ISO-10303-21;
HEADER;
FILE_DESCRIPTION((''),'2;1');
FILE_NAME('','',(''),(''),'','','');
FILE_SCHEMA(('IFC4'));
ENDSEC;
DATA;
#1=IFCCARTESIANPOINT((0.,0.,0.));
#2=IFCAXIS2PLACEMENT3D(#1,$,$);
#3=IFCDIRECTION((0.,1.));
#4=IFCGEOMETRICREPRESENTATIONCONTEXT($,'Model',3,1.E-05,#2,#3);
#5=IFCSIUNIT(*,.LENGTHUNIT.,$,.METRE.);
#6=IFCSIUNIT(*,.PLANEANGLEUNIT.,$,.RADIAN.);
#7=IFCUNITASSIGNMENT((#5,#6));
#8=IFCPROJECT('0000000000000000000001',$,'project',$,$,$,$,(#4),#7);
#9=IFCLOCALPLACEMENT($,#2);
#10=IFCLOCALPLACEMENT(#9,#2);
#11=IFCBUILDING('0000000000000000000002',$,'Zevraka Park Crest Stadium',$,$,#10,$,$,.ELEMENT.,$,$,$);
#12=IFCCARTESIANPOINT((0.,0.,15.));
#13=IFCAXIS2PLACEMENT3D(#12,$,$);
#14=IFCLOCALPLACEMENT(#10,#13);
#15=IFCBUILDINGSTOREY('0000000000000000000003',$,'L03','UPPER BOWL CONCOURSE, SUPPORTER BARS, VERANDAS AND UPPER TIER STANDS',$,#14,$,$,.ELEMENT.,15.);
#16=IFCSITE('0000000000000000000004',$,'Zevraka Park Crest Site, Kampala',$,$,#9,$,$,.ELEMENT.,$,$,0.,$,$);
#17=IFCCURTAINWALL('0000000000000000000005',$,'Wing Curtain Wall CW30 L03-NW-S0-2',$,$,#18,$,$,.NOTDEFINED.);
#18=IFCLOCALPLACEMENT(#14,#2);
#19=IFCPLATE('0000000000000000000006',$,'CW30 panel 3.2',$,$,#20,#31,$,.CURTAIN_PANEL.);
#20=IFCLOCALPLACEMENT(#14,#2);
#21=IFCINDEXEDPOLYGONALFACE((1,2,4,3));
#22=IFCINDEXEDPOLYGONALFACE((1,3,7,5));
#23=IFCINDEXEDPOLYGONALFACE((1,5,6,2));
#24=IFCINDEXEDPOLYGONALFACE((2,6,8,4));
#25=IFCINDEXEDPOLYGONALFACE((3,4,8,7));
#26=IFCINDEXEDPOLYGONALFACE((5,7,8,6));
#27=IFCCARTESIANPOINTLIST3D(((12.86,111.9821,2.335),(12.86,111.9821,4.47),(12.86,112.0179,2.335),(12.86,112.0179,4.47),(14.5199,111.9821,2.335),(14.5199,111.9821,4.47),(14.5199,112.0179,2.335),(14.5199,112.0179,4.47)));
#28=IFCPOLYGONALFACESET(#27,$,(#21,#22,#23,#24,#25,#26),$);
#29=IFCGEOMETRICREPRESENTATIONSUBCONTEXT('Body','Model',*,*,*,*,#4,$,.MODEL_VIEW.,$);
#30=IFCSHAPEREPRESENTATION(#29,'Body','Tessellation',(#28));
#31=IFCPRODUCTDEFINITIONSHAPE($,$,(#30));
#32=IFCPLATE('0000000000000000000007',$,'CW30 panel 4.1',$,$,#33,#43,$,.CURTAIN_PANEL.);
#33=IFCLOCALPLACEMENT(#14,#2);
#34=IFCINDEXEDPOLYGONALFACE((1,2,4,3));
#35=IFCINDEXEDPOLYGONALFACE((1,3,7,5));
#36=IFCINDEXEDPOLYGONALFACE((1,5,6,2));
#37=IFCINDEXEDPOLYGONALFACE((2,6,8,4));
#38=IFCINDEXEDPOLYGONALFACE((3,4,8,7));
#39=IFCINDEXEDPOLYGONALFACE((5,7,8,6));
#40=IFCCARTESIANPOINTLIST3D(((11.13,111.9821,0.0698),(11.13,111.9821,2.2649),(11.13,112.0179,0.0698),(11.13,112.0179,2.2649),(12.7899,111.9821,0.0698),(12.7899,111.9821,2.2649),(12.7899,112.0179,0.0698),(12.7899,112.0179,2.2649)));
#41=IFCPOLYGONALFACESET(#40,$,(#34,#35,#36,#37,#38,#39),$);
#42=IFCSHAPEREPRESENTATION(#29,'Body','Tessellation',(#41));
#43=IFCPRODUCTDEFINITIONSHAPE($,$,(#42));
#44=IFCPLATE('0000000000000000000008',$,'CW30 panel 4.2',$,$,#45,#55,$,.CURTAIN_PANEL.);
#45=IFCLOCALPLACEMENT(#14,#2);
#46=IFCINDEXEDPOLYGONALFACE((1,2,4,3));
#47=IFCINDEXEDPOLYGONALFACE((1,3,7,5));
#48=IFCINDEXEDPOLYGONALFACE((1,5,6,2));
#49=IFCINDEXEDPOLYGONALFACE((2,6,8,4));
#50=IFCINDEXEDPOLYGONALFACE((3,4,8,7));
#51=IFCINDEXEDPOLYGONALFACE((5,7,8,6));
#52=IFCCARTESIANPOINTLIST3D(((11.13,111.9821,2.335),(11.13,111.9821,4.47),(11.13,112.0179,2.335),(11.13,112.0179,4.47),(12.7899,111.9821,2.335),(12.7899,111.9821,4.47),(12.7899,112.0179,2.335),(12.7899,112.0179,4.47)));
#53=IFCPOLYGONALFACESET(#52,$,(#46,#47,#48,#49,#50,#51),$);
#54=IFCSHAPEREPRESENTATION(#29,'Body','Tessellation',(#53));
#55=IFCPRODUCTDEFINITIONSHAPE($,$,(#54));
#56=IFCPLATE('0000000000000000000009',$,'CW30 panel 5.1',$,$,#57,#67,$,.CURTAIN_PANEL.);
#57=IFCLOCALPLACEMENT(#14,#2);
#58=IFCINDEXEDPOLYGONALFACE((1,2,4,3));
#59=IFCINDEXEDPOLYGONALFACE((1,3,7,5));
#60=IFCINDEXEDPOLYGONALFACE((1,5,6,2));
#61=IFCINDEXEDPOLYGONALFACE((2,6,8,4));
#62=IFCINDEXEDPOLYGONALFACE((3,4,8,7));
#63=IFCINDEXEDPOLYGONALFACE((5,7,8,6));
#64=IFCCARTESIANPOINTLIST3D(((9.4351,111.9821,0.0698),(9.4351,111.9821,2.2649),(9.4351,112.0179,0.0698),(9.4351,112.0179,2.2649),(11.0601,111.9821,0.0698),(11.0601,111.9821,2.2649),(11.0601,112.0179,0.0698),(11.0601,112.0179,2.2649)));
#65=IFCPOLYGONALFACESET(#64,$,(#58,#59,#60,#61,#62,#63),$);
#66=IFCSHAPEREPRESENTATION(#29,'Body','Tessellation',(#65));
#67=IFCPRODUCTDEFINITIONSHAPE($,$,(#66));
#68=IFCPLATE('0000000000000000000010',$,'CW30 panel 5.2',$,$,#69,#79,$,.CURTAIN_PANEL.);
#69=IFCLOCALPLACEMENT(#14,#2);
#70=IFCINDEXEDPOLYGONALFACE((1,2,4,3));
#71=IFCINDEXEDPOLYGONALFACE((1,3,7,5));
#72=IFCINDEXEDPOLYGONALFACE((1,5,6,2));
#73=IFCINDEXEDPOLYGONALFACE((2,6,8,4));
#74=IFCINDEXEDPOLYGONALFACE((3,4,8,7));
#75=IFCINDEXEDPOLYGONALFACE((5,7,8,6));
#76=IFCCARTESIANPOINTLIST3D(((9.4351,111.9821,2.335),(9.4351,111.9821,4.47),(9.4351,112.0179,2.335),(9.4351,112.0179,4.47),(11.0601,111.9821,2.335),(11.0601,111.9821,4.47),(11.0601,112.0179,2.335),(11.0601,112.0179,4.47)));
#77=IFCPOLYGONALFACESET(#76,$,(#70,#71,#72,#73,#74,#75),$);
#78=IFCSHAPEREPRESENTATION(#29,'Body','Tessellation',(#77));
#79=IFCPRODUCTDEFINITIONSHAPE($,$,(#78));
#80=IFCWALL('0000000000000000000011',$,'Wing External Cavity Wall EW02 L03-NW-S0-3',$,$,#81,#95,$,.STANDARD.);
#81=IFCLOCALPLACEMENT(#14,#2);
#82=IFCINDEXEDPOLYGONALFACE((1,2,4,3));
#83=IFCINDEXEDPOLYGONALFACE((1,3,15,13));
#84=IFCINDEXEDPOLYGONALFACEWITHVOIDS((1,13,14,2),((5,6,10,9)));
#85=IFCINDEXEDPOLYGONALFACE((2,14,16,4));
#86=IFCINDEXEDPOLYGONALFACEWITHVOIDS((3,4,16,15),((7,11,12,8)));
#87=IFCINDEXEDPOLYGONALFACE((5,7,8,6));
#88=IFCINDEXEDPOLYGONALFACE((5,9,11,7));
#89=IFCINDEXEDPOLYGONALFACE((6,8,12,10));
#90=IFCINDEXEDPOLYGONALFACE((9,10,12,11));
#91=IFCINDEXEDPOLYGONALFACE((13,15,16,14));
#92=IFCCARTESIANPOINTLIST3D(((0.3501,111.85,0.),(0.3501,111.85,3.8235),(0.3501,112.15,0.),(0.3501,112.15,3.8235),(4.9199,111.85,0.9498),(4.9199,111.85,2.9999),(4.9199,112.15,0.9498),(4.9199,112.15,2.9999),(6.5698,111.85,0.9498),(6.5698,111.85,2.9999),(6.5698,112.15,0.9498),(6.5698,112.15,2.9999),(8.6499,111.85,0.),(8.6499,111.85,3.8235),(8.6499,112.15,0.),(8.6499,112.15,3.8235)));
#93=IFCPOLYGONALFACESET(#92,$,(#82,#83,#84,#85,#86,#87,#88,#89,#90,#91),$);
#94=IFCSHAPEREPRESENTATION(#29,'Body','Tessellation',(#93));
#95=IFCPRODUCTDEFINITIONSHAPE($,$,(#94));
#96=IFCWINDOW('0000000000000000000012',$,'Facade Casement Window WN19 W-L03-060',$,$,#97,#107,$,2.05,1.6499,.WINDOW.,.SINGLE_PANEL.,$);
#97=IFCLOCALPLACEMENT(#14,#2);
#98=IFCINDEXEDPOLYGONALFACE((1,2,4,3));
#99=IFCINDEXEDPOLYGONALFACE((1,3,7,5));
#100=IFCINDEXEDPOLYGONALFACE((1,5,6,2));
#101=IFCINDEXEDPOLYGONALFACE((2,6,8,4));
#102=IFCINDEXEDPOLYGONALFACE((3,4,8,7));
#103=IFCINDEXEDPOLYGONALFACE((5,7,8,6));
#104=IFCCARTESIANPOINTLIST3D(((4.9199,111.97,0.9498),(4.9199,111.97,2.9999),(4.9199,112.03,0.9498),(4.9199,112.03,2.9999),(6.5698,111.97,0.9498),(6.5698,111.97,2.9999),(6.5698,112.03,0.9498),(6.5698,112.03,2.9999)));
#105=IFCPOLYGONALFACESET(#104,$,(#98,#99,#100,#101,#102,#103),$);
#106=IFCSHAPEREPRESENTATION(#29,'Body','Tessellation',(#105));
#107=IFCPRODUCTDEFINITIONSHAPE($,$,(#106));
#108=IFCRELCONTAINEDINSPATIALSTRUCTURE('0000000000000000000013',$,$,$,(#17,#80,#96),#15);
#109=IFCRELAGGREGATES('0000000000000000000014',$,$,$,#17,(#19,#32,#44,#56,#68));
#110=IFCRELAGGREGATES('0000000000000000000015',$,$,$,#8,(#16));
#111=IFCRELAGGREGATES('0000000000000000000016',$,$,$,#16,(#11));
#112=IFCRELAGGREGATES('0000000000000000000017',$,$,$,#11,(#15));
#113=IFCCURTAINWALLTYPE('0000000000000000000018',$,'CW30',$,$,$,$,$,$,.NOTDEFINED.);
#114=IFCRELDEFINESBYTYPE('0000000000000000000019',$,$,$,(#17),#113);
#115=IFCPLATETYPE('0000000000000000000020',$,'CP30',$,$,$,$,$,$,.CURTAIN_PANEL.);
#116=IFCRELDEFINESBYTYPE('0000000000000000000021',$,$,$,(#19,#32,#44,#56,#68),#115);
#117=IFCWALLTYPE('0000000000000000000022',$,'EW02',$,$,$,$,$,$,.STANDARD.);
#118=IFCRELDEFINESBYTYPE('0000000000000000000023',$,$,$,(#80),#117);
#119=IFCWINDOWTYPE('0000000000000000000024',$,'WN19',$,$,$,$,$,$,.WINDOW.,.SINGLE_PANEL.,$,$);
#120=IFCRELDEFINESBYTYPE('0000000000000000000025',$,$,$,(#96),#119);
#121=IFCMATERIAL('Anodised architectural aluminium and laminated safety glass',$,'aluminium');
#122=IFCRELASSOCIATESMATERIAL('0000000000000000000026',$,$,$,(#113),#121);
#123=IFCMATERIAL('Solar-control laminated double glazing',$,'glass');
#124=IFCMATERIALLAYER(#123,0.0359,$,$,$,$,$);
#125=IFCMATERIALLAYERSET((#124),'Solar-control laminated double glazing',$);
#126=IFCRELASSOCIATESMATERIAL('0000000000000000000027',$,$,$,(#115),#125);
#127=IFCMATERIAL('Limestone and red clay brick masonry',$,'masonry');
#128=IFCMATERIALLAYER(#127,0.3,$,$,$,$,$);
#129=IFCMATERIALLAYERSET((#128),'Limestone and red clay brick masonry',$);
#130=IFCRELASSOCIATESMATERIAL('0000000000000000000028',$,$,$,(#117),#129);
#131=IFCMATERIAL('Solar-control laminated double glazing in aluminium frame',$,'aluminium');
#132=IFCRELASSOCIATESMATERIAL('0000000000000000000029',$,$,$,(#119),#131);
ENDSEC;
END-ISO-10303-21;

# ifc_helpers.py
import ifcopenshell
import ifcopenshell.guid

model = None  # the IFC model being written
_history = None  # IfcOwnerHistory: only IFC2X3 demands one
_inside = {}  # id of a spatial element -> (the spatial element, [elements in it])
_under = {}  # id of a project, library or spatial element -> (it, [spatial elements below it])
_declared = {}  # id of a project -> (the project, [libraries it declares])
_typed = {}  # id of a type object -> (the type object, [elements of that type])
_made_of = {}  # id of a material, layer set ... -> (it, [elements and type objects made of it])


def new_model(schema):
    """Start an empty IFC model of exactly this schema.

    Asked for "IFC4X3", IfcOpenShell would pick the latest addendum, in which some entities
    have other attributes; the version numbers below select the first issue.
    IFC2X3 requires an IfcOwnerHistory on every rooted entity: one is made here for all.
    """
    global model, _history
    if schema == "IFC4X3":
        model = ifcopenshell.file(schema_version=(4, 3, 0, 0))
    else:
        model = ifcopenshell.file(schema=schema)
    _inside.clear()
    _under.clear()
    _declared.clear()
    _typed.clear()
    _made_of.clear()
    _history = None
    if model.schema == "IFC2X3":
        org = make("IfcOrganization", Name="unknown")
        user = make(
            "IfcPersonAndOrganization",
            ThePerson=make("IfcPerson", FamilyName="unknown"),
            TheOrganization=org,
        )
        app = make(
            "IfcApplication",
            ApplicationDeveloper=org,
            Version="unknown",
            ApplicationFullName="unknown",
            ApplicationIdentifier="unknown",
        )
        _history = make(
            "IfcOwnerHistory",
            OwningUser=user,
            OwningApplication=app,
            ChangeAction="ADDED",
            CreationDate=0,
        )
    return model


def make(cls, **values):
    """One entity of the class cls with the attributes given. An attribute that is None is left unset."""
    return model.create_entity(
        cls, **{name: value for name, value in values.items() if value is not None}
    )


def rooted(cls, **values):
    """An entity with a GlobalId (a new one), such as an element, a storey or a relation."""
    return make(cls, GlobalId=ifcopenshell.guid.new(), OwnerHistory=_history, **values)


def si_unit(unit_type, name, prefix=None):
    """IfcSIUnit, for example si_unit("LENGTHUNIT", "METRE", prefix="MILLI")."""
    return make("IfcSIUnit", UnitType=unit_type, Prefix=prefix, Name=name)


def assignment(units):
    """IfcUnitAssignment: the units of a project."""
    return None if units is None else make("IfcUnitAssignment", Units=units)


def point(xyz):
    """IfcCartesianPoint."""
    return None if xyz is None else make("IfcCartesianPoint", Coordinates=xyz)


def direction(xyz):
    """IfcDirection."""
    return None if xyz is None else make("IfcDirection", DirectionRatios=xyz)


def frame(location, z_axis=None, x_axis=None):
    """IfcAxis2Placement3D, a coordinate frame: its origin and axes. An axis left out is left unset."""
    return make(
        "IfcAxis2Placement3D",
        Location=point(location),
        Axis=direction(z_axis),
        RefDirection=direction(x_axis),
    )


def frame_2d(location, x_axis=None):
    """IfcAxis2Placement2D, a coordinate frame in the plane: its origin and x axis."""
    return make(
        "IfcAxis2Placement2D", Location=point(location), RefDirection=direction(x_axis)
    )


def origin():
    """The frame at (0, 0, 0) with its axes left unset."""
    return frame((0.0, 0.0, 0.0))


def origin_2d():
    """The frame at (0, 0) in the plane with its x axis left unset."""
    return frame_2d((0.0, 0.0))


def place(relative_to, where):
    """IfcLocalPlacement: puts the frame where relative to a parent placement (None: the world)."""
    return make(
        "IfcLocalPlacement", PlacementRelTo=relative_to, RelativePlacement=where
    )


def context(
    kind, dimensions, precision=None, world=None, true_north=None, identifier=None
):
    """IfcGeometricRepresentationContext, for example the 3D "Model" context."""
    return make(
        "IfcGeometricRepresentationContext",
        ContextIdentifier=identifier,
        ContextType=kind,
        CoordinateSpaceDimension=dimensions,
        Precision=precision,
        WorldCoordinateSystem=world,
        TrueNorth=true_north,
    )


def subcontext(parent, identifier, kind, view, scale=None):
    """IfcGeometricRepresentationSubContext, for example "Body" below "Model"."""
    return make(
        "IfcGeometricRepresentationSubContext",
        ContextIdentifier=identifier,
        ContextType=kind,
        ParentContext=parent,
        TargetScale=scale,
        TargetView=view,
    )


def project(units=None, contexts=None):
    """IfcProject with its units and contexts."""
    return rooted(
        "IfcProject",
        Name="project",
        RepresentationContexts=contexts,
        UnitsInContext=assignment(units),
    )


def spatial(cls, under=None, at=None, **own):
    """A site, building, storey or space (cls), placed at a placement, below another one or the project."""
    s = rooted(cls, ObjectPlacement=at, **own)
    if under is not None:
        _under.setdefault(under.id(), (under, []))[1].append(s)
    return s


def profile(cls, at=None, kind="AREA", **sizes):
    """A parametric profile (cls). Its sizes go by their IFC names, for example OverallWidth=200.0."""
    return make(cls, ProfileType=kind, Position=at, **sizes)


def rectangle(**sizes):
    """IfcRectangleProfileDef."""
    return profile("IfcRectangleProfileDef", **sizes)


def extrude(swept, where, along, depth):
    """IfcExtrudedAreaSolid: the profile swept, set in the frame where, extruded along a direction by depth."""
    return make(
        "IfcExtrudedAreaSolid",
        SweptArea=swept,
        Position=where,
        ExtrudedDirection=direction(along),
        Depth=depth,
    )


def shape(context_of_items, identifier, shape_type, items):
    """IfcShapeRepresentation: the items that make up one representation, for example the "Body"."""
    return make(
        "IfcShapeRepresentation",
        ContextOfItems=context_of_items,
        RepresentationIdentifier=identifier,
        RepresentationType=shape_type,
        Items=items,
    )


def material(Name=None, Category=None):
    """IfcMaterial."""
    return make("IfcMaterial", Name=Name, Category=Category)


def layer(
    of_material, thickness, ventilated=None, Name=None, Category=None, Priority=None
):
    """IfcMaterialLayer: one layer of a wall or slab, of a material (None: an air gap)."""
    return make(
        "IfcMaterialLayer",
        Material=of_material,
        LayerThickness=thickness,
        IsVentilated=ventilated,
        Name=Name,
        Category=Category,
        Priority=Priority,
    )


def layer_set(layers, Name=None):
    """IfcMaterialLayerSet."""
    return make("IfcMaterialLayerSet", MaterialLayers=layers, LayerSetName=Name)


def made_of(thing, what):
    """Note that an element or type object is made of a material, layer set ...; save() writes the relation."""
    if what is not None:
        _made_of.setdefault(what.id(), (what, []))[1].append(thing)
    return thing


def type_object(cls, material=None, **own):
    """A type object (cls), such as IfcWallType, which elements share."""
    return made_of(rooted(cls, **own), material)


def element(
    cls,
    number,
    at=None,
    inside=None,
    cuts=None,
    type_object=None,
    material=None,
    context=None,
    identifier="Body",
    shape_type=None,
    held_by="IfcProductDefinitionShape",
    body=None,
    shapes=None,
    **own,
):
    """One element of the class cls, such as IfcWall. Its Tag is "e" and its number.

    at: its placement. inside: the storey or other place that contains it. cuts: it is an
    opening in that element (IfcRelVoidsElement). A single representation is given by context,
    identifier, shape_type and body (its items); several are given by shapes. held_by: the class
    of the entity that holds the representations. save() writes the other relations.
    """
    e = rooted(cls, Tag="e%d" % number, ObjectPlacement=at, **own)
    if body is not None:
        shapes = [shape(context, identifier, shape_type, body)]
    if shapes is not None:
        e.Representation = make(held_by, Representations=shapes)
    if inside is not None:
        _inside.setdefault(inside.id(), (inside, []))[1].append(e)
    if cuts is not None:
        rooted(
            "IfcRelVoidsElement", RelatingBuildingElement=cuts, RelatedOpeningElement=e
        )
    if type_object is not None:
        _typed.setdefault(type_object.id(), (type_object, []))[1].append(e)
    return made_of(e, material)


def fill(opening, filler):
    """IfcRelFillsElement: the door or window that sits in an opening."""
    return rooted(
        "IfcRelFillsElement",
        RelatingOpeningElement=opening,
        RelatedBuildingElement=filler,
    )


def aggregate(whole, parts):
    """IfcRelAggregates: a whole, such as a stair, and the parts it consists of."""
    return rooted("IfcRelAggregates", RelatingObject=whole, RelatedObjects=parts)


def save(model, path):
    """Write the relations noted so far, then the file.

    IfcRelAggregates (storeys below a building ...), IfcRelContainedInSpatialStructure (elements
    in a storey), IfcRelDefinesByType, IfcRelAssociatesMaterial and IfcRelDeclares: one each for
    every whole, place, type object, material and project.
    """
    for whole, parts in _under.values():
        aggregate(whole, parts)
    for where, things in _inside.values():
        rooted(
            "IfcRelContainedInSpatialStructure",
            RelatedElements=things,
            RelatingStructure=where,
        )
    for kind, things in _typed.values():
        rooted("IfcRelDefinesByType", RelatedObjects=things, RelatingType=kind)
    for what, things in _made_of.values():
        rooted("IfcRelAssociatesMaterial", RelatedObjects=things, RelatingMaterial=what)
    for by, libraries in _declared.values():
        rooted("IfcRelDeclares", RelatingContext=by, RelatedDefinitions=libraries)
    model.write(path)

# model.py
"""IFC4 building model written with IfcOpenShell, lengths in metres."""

from ifc_helpers import new_model, si_unit, direction, frame, frame_2d, origin, origin_2d, place, context, subcontext, project, spatial, rectangle, extrude, material, layer, layer_set, type_object, element, fill, aggregate, save


model = new_model("IFC4")

# Units and contexts
model_context = context("Model", 3, precision=1e-05, world=origin(), true_north=direction((0.0, 1.0)))
body_context = subcontext(model_context, "Body", "Model", "MODEL_VIEW")
ifc_project = project(units=[si_unit("LENGTHUNIT", "METRE"), si_unit("PLANEANGLEUNIT", "RADIAN")], contexts=[model_context])

# Site, building, storey
site_placement = place(None, origin())
site = spatial("IfcSite", under=ifc_project, at=site_placement, Name="Zevraka Park Crest Site, Kampala", CompositionType="ELEMENT", RefElevation=0.0)
building_placement = place(site_placement, origin())
building = spatial("IfcBuilding", under=site, at=building_placement, Name="Zevraka Park Crest Stadium", CompositionType="ELEMENT")
storey_placement = place(building_placement, frame((0.0, 0.0, 15.0)))
storey = spatial("IfcBuildingStorey", under=building, at=storey_placement, Name="L03", Description="UPPER BOWL CONCOURSE, SUPPORTER BARS, VERANDAS AND UPPER TIER STANDS", CompositionType="ELEMENT", Elevation=15.0)

# Curtain wall, plates
ifc_material_1 = material(Name="Anodised architectural aluminium and laminated safety glass", Category="aluminium")
curtain_wall_type = type_object("IfcCurtainWallType", Name="CW30", PredefinedType="NOTDEFINED", material=ifc_material_1)
curtain_wall_placement = place(storey_placement, origin())
curtain_wall = element("IfcCurtainWall", 1, at=curtain_wall_placement, inside=storey, type_object=curtain_wall_type, Name="Wing Curtain Wall CW30 L03-NW-S0-2", PredefinedType="NOTDEFINED")
ifc_material_2 = material(Name="Solar-control laminated double glazing", Category="glass")
ifc_layer_1 = layer(ifc_material_2, 0.0359)
ifc_layer_set_1 = layer_set([ifc_layer_1], Name="Solar-control laminated double glazing")
plate_type = type_object("IfcPlateType", Name="CP30", PredefinedType="CURTAIN_PANEL", material=ifc_layer_set_1)
plate_1_placement = place(storey_placement, frame((13.6899, 112.0, 2.335), z_axis=(0.0, 0.0, 1.0), x_axis=(-1.0, 0.0, 0.0)))
plate_1 = element("IfcPlate", 2, at=plate_1_placement, type_object=plate_type, Name="CW30 panel 3.2", PredefinedType="CURTAIN_PANEL", context=body_context, shape_type="SweptSolid", body=[
    extrude(rectangle(XDim=1.6599, YDim=0.0359, at=origin_2d()), origin(), (0.0, 0.0, 1.0), 2.135),
])
plate_2_placement = place(storey_placement, frame((11.96, 112.0, 0.0698), z_axis=(0.0, 0.0, 1.0), x_axis=(-1.0, 0.0, 0.0)))
plate_2 = element("IfcPlate", 3, at=plate_2_placement, type_object=plate_type, Name="CW30 panel 4.1", PredefinedType="CURTAIN_PANEL", context=body_context, shape_type="SweptSolid", body=[
    extrude(rectangle(XDim=1.6599, YDim=0.0359, at=origin_2d()), origin(), (0.0, 0.0, 1.0), 2.1951),
])
plate_3_placement = place(storey_placement, frame((11.96, 112.0, 2.335), z_axis=(0.0, 0.0, 1.0), x_axis=(-1.0, 0.0, 0.0)))
plate_3 = element("IfcPlate", 4, at=plate_3_placement, type_object=plate_type, Name="CW30 panel 4.2", PredefinedType="CURTAIN_PANEL", context=body_context, shape_type="SweptSolid", body=[
    extrude(rectangle(XDim=1.6599, YDim=0.0359, at=origin_2d()), origin(), (0.0, 0.0, 1.0), 2.135),
])
plate_4_placement = place(storey_placement, frame((10.2476, 112.0, 0.0698), z_axis=(0.0, 0.0, 1.0), x_axis=(-1.0, 0.0, 0.0)))
plate_4 = element("IfcPlate", 5, at=plate_4_placement, type_object=plate_type, Name="CW30 panel 5.1", PredefinedType="CURTAIN_PANEL", context=body_context, shape_type="SweptSolid", body=[
    extrude(rectangle(XDim=1.625, YDim=0.0359, at=origin_2d()), origin(), (0.0, 0.0, 1.0), 2.1951),
])
plate_5_placement = place(storey_placement, frame((10.2476, 112.0, 2.335), z_axis=(0.0, 0.0, 1.0), x_axis=(-1.0, 0.0, 0.0)))
plate_5 = element("IfcPlate", 6, at=plate_5_placement, type_object=plate_type, Name="CW30 panel 5.2", PredefinedType="CURTAIN_PANEL", context=body_context, shape_type="SweptSolid", body=[
    extrude(rectangle(XDim=1.625, YDim=0.0359, at=origin_2d()), origin(), (0.0, 0.0, 1.0), 2.135),
])
aggregate(curtain_wall, [plate_1, plate_2, plate_3, plate_4, plate_5])

# Wall, opening, window
ifc_material_3 = material(Name="Limestone and red clay brick masonry", Category="masonry")
ifc_layer_2 = layer(ifc_material_3, 0.3)
ifc_layer_set_2 = layer_set([ifc_layer_2], Name="Limestone and red clay brick masonry")
wall_type = type_object("IfcWallType", Name="EW02", PredefinedType="STANDARD", material=ifc_layer_set_2)
wall_placement = place(storey_placement, frame((8.6499, 112.0, 0.0), z_axis=(0.0, 0.0, 1.0), x_axis=(-1.0, 0.0, 0.0)))
wall = element("IfcWall", 7, at=wall_placement, inside=storey, type_object=wall_type, Name="Wing External Cavity Wall EW02 L03-NW-S0-3", PredefinedType="STANDARD", context=body_context, shape_type="SweptSolid", body=[
    extrude(rectangle(XDim=8.2998, YDim=0.3, at=frame_2d((4.1499, 0.0))), origin(), (0.0, 0.0, 1.0), 3.8235),
])
opening_placement = place(wall_placement, frame((2.0801, 0.0, 0.95)))
opening = element("IfcOpeningElement", 8, at=opening_placement, cuts=wall, PredefinedType="OPENING", context=body_context, shape_type="SweptSolid", body=[
    extrude(rectangle(XDim=1.6499, YDim=2.05, at=frame_2d((0.825, 1.0249))), frame((0.0, 0.1599, 0.0), z_axis=(0.0, -1.0, 0.0), x_axis=(1.0, 0.0, 0.0)), (0.0, 0.0, 1.0), 0.3201),
])
ifc_material_4 = material(Name="Solar-control laminated double glazing in aluminium frame", Category="aluminium")
window_type = type_object("IfcWindowType", Name="WN19", PartitioningType="SINGLE_PANEL", PredefinedType="WINDOW", material=ifc_material_4)
window_placement = place(opening_placement, origin())
window = element("IfcWindow", 9, at=window_placement, inside=storey, type_object=window_type, Name="Facade Casement Window WN19 W-L03-060", OverallHeight=2.05, OverallWidth=1.6499, PartitioningType="SINGLE_PANEL", PredefinedType="WINDOW", context=body_context, shape_type="SweptSolid", body=[
    extrude(rectangle(XDim=1.6499, YDim=2.05, at=frame_2d((0.825, 1.0249))), frame((0.0, 0.03, 0.0), z_axis=(0.0, -1.0, 0.0), x_axis=(1.0, 0.0, 0.0)), (0.0, 0.0, 1.0), 0.0601),
])
fill(opening, window)

save(model, "model.ifc")
